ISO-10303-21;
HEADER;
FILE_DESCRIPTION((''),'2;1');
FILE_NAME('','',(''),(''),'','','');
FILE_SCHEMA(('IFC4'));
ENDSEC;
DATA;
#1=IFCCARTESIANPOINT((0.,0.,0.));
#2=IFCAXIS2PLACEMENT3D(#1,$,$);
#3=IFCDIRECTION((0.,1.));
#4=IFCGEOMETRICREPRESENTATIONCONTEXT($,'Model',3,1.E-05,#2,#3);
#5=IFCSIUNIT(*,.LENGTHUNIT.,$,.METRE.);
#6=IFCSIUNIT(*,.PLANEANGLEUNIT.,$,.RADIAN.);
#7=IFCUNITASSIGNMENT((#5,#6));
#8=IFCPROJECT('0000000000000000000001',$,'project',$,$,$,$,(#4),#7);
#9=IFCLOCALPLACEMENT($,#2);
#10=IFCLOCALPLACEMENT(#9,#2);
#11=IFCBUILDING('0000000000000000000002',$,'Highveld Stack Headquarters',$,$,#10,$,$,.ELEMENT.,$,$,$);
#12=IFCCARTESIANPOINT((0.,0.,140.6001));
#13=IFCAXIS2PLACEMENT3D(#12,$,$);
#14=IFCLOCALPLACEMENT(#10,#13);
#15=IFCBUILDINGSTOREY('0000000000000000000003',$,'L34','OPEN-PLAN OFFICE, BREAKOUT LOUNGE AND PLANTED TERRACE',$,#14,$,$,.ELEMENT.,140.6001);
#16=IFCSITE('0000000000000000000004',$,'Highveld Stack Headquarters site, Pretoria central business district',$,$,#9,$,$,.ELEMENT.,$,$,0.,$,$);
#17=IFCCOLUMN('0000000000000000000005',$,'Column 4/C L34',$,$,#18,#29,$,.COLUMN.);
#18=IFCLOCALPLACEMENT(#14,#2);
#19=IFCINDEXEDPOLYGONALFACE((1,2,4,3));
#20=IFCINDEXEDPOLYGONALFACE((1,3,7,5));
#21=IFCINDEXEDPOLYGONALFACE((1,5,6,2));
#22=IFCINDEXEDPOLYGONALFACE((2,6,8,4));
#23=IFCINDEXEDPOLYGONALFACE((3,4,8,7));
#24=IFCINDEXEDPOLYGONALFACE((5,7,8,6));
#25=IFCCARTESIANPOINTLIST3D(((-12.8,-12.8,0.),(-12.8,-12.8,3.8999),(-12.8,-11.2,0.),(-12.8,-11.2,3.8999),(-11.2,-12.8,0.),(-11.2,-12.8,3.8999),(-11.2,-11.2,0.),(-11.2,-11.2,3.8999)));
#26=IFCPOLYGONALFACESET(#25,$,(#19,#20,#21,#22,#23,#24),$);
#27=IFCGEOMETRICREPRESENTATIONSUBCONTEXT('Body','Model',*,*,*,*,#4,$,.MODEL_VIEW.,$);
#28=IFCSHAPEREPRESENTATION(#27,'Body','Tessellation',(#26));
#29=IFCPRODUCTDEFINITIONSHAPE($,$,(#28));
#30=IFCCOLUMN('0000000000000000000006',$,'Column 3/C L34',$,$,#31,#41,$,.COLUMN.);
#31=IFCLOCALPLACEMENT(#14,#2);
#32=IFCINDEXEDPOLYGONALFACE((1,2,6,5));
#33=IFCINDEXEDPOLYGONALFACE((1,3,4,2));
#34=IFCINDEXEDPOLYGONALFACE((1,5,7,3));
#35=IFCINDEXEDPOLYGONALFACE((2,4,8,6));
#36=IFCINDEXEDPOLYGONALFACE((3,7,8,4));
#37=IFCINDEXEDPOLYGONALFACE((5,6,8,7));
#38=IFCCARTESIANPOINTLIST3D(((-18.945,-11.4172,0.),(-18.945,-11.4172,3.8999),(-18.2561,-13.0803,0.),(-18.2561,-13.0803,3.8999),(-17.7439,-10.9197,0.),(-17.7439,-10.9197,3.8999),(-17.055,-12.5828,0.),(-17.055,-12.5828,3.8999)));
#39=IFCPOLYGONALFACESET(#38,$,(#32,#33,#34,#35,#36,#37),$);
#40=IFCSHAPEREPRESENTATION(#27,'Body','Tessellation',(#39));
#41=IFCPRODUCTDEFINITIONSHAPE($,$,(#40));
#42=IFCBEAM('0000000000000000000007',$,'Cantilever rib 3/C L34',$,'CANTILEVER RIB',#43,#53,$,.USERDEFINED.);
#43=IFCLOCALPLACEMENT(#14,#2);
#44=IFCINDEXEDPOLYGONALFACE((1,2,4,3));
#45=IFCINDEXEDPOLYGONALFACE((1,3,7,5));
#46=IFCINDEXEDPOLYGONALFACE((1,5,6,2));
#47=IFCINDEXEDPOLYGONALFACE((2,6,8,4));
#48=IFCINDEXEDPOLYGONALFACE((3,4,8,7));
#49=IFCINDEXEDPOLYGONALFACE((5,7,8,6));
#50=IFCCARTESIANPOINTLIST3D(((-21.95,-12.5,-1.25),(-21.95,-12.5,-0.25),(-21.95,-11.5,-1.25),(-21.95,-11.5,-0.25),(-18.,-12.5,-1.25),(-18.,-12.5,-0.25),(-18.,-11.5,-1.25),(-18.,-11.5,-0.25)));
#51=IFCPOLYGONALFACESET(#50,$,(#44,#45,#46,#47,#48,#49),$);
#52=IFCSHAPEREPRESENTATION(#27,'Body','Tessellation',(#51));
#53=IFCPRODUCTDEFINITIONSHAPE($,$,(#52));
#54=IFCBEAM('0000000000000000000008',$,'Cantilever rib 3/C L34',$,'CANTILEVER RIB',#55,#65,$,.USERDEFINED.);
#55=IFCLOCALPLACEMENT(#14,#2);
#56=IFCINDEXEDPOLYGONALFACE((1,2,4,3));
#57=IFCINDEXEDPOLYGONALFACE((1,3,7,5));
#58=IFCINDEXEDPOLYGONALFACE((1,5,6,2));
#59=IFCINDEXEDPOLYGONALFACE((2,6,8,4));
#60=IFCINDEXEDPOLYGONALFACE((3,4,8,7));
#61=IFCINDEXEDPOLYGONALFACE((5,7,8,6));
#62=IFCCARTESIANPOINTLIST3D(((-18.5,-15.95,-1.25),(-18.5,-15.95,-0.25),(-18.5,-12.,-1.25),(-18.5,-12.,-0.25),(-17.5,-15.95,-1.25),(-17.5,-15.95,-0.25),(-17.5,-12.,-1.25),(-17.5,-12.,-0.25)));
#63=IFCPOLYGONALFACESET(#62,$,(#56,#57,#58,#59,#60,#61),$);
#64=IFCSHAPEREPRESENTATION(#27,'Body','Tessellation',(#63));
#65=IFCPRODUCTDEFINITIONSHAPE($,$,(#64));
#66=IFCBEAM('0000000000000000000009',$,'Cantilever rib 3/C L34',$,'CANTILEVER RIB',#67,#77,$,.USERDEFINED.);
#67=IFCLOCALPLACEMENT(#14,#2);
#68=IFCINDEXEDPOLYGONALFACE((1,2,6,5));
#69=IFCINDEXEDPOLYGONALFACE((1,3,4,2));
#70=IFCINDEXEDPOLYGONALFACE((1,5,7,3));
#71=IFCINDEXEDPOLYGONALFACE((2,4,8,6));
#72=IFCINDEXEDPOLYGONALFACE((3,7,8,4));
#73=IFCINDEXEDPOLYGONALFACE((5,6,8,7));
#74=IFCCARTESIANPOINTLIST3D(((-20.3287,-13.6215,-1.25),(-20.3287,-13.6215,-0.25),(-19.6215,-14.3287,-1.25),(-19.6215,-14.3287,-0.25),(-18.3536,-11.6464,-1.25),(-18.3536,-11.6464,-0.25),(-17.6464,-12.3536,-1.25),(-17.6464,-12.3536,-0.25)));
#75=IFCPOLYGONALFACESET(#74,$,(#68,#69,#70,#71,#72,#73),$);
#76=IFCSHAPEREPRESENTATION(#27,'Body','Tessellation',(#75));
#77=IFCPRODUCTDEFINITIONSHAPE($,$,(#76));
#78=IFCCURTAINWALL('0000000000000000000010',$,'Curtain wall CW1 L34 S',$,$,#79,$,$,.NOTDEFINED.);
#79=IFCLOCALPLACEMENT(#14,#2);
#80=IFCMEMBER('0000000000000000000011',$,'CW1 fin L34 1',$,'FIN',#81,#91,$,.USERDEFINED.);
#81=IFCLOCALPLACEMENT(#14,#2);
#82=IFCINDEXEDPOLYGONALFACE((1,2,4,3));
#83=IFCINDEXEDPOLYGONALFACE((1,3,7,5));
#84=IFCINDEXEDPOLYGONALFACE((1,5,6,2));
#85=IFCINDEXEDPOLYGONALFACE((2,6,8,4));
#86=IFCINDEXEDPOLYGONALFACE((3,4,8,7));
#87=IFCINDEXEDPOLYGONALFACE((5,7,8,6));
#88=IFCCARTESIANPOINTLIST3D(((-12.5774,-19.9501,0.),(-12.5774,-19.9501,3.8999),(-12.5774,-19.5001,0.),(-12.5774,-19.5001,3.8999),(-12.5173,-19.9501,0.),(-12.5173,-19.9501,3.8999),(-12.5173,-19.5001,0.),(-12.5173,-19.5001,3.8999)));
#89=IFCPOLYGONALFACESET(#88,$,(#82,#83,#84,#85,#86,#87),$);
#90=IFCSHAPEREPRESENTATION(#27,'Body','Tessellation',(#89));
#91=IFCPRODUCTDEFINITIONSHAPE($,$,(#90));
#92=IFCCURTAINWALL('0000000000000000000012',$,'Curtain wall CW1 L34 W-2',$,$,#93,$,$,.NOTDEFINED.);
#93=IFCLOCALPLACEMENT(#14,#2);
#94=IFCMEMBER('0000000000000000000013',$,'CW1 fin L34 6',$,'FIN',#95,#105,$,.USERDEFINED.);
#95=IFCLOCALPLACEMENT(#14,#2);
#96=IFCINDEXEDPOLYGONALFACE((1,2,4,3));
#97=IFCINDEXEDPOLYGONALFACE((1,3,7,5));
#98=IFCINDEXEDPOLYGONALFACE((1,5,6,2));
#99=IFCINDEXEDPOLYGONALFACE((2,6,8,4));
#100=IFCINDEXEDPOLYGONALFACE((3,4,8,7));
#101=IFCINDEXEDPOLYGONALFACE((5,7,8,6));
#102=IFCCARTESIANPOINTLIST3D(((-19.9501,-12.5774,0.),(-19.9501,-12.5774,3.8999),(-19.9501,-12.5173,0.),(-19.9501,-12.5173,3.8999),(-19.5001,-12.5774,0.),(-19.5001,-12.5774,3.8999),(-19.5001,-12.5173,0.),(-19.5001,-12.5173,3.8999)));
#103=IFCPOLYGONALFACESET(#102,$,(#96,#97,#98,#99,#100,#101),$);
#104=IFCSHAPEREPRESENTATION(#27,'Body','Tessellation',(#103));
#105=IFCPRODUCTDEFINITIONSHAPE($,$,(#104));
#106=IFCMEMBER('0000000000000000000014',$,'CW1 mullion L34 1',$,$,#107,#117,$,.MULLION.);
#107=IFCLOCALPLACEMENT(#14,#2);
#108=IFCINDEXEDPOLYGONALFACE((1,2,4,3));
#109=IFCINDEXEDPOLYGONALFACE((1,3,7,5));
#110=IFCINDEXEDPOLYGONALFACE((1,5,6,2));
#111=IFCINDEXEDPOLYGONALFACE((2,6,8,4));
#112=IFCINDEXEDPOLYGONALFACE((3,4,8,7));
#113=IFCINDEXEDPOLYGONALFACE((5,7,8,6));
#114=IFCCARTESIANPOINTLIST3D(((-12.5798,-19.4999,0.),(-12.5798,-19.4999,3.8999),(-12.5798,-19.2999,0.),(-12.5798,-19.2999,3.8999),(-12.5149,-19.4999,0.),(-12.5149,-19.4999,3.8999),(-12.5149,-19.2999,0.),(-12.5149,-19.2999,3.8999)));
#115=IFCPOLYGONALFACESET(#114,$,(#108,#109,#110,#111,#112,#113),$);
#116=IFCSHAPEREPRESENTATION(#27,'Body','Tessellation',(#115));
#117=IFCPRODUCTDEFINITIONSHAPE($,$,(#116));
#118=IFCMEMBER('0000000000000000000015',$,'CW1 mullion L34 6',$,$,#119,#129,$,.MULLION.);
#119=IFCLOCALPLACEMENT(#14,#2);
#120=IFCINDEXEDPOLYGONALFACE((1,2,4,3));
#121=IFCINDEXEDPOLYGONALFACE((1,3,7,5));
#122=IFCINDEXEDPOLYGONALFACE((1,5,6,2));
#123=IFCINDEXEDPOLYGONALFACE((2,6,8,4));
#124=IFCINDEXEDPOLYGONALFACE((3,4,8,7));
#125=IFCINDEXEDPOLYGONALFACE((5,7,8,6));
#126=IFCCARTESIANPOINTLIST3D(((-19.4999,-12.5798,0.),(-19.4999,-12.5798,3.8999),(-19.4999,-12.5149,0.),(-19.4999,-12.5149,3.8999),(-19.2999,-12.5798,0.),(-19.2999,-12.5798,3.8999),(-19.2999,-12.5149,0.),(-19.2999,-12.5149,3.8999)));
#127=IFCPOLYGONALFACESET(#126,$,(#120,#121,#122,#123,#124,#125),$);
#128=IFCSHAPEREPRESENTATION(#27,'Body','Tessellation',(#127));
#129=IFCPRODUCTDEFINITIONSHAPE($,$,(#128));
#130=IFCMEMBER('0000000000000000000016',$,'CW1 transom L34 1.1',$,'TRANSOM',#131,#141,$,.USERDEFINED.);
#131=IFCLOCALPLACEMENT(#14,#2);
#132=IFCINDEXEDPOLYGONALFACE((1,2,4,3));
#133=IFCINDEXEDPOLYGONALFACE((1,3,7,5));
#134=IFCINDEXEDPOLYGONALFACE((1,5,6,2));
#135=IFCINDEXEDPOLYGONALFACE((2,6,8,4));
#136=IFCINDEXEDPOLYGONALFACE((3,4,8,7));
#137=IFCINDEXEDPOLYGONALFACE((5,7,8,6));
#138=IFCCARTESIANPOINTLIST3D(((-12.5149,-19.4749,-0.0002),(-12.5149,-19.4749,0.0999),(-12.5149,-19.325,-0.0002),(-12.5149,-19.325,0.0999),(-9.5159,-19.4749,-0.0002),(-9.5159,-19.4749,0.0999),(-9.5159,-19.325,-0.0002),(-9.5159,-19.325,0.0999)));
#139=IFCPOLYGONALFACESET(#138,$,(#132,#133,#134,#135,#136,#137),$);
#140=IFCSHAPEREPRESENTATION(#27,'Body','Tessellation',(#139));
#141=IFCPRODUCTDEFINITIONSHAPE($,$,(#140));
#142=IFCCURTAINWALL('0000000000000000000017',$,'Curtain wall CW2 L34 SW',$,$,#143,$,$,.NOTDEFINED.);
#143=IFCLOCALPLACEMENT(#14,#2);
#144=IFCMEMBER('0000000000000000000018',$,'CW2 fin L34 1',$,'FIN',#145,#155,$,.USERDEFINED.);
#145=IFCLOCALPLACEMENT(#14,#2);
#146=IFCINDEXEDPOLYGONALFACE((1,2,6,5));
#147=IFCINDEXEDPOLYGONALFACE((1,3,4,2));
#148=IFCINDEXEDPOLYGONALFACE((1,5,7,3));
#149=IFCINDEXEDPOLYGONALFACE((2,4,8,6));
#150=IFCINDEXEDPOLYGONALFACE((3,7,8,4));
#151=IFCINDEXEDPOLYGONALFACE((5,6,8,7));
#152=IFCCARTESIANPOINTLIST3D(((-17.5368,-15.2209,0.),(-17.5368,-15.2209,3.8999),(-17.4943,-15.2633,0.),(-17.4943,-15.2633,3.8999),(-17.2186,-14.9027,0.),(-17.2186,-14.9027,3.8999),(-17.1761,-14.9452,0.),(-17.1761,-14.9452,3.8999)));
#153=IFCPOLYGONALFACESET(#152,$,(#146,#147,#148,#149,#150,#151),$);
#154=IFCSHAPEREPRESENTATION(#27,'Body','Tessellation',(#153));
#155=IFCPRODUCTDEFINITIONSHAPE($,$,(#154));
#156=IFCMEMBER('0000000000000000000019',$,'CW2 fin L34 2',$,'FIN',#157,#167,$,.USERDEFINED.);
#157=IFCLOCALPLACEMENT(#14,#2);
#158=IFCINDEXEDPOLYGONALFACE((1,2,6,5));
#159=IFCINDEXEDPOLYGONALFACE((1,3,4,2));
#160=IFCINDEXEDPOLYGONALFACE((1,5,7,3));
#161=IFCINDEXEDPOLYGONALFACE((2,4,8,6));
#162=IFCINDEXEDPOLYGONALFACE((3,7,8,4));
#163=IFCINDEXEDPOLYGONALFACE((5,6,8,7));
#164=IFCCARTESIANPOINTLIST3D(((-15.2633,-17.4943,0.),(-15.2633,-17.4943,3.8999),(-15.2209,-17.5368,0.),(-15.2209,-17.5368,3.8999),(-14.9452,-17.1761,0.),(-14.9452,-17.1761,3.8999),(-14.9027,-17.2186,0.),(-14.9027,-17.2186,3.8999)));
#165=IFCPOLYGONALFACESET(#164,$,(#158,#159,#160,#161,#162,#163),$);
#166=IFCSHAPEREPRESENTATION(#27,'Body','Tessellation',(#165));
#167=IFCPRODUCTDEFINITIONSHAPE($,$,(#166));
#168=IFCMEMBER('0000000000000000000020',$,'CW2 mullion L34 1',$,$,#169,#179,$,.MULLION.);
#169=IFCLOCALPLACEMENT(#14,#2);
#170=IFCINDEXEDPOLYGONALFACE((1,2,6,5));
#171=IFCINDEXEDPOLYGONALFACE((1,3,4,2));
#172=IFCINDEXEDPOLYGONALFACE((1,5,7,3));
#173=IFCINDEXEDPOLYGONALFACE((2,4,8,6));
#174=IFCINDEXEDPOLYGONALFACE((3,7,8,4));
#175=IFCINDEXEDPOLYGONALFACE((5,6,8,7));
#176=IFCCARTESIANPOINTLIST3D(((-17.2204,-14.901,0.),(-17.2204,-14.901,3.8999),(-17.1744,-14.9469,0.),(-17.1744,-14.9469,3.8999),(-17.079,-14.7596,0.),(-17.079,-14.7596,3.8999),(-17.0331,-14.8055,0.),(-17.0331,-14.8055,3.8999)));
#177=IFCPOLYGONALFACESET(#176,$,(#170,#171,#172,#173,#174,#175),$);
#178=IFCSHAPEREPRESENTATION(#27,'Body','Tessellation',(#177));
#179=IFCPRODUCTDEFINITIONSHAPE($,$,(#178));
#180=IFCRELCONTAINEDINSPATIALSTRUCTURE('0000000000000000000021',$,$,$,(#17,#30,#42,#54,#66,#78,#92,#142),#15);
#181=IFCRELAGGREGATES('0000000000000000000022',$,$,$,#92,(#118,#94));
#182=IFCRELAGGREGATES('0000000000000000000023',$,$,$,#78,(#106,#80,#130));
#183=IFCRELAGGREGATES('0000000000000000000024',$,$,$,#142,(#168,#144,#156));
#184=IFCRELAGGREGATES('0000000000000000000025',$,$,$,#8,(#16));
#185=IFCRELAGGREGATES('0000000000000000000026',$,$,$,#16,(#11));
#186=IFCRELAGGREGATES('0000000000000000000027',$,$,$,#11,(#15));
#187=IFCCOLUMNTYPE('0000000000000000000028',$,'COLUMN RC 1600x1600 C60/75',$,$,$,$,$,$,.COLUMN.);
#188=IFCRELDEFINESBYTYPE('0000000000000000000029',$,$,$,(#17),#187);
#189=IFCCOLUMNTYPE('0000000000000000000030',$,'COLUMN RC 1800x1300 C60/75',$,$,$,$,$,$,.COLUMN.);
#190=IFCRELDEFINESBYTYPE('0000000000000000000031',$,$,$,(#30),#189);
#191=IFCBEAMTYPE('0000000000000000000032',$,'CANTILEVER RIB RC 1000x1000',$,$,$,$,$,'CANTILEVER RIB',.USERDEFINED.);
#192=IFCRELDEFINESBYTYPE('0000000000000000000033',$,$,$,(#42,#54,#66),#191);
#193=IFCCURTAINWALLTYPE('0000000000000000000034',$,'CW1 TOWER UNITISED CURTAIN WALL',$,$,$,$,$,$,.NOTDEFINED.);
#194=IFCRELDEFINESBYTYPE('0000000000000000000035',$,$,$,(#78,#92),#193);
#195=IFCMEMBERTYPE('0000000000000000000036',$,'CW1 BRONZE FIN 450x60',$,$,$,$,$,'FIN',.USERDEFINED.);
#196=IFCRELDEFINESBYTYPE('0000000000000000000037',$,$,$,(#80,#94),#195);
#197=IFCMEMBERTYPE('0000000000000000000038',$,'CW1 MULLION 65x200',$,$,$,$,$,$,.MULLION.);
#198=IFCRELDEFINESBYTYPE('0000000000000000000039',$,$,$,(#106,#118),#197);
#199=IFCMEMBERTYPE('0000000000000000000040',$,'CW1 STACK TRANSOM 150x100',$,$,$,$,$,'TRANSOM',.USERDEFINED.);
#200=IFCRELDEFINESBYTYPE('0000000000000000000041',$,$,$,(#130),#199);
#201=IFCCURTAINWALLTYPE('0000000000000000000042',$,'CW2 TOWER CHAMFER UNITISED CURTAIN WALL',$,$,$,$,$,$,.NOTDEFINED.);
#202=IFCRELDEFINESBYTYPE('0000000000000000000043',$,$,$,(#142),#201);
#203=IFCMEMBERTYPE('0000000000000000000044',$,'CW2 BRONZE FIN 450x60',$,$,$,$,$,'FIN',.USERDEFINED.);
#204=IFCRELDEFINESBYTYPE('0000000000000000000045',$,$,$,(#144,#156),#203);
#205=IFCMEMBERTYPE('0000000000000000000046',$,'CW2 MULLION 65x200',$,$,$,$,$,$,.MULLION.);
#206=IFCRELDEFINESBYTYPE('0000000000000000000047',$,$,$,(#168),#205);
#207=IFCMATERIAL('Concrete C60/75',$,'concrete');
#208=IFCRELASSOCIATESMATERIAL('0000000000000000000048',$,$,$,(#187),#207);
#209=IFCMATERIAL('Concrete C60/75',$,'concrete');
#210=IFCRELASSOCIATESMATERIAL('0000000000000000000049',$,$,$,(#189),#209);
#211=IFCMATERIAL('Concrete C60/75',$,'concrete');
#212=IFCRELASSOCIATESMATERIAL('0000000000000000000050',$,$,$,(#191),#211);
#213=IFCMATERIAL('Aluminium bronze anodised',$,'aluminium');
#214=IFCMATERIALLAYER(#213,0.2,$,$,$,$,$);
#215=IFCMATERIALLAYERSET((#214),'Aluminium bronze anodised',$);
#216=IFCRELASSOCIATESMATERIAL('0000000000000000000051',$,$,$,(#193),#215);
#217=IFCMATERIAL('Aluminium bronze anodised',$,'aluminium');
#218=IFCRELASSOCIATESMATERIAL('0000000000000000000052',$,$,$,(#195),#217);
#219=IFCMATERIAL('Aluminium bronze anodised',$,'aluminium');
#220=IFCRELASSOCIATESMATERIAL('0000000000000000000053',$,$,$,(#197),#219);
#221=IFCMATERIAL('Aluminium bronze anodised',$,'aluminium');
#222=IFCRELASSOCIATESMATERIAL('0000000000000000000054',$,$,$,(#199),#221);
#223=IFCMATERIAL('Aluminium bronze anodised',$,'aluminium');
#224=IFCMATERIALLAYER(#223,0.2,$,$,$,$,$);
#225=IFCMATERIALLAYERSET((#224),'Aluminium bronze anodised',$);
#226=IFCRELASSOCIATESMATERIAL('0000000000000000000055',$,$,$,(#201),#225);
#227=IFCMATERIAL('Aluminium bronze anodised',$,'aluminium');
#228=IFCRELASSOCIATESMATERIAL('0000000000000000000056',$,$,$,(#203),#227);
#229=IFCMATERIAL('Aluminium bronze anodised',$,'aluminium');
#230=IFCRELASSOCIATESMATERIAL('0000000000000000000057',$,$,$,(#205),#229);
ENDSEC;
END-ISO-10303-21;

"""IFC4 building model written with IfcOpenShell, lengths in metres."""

from ifc_helpers import new_model, si_unit, direction, frame, origin, origin_2d, place, context, subcontext, project, spatial, rectangle, extrude, material, layer, layer_set, material_profile, profile_set, type_object, element, aggregate, save


model = new_model("IFC4")

# Units and contexts
model_context = context("Model", 3, precision=1e-05, world=origin(), true_north=direction((0.0, 1.0)))
body_context = subcontext(model_context, "Body", "Model", "MODEL_VIEW")
ifc_project = project(units=[si_unit("LENGTHUNIT", "METRE"), si_unit("PLANEANGLEUNIT", "RADIAN")], contexts=[model_context])

# Site, building, storey
site_placement = place(None, origin())
site = spatial("IfcSite", under=ifc_project, at=site_placement, Name="Highveld Stack Headquarters site, Pretoria central business district", CompositionType="ELEMENT", RefElevation=0.0)
building_placement = place(site_placement, origin())
building = spatial("IfcBuilding", under=site, at=building_placement, Name="Highveld Stack Headquarters", CompositionType="ELEMENT")
storey_placement = place(building_placement, frame((0.0, 0.0, 140.6001)))
storey = spatial("IfcBuildingStorey", under=building, at=storey_placement, Name="L34", Description="OPEN-PLAN OFFICE, BREAKOUT LOUNGE AND PLANTED TERRACE", CompositionType="ELEMENT", Elevation=140.6001)

# Columns
ifc_material_1 = material(Name="Concrete C60/75", Category="concrete")
ifc_material_profile_1 = material_profile(ifc_material_1, rectangle(XDim=1.6001, YDim=1.6001, at=origin_2d()), Name="RC 1600x1600")
ifc_profile_set_1 = profile_set([ifc_material_profile_1], Name="Concrete C60/75")
column_type_1 = type_object("IfcColumnType", Name="COLUMN RC 1600x1600 C60/75", PredefinedType="COLUMN", material=ifc_profile_set_1)
column_1_placement = place(storey_placement, frame((-12.0, -12.0, 0.0), z_axis=(0.0, 0.0, 1.0), x_axis=(1.0, 0.0, 0.0)))
element("IfcColumn", 1, at=column_1_placement, inside=storey, type_object=column_type_1, Name="Column 4/C L34", PredefinedType="COLUMN", context=body_context, shape_type="SweptSolid", body=[
    extrude(rectangle(XDim=1.6001, YDim=1.6001, at=origin_2d()), origin(), (0.0, 0.0, 1.0), 3.8999),
])
ifc_material_2 = material(Name="Concrete C60/75", Category="concrete")
ifc_material_profile_2 = material_profile(ifc_material_2, rectangle(XDim=1.8, YDim=1.3, at=origin_2d()), Name="RC 1800x1300")
ifc_profile_set_2 = profile_set([ifc_material_profile_2], Name="Concrete C60/75")
column_type_2 = type_object("IfcColumnType", Name="COLUMN RC 1800x1300 C60/75", PredefinedType="COLUMN", material=ifc_profile_set_2)
column_2_placement = place(storey_placement, frame((-18.0, -12.0, 0.0), z_axis=(0.0, 0.0, 1.0), x_axis=(-0.382683, 0.92388, 0.0)))
element("IfcColumn", 2, at=column_2_placement, inside=storey, type_object=column_type_2, Name="Column 3/C L34", PredefinedType="COLUMN", context=body_context, shape_type="SweptSolid", body=[
    extrude(rectangle(XDim=1.8, YDim=1.3, at=origin_2d()), origin(), (0.0, 0.0, 1.0), 3.8999),
])

# Beams
ifc_material_3 = material(Name="Concrete C60/75", Category="concrete")
ifc_material_profile_3 = material_profile(ifc_material_3, rectangle(XDim=1.0, YDim=1.0, at=origin_2d()), Name="RC 1000x1000")
ifc_profile_set_3 = profile_set([ifc_material_profile_3], Name="Concrete C60/75")
beam_type_1 = type_object("IfcBeamType", Name="CANTILEVER RIB RC 1000x1000", ElementType="CANTILEVER RIB", PredefinedType="USERDEFINED", material=ifc_profile_set_3)
for number, where, z_axis, x_axis, name in (
    (3, (-18.0, -12.0, -0.75), (-1.0, 0.0, 0.0), (0.0, -1.0, 0.0), "Cantilever rib 3/C L34"),
    (4, (-18.0, -12.0, -0.75), (0.0, -1.0, 0.0), (1.0, 0.0, 0.0), "Cantilever rib 3/C L34"),
):
    element("IfcBeam", number, at=place(storey_placement, frame(where, z_axis=z_axis, x_axis=x_axis)), inside=storey, type_object=beam_type_1, Name=name, ObjectType="CANTILEVER RIB", PredefinedType="USERDEFINED", context=body_context, shape_type="SweptSolid", body=[
        extrude(rectangle(XDim=1.0, YDim=1.0, at=origin_2d()), origin(), (0.0, 0.0, 1.0), 3.95),
    ])
beam_1_placement = place(storey_placement, frame((-18.0, -12.0, -0.75), z_axis=(-0.707107, -0.707107, 0.0), x_axis=(0.707107, -0.707107, 0.0)))
element("IfcBeam", 5, at=beam_1_placement, inside=storey, type_object=beam_type_1, Name="Cantilever rib 3/C L34", ObjectType="CANTILEVER RIB", PredefinedType="USERDEFINED", context=body_context, shape_type="SweptSolid", body=[
    extrude(rectangle(XDim=1.0, YDim=1.0, at=origin_2d()), origin(), (0.0, 0.0, 1.0), 2.7932),
])

# Curtain walls, members
ifc_material_4 = material(Name="Aluminium bronze anodised", Category="aluminium")
ifc_layer_1 = layer(ifc_material_4, 0.2)
ifc_layer_set_1 = layer_set([ifc_layer_1], Name="Aluminium bronze anodised")
curtain_wall_type_1 = type_object("IfcCurtainWallType", Name="CW1 TOWER UNITISED CURTAIN WALL", PredefinedType="NOTDEFINED", material=ifc_layer_set_1)
curtain_wall_1_placement = place(storey_placement, origin())
curtain_wall_1 = element("IfcCurtainWall", 6, at=curtain_wall_1_placement, inside=storey, type_object=curtain_wall_type_1, Name="Curtain wall CW1 L34 S", PredefinedType="NOTDEFINED")
ifc_material_5 = material(Name="Aluminium bronze anodised", Category="aluminium")
ifc_material_profile_4 = material_profile(ifc_material_5, rectangle(XDim=0.45, YDim=0.0601, at=origin_2d()), Name="FIN 450x60")
ifc_profile_set_4 = profile_set([ifc_material_profile_4], Name="Aluminium bronze anodised")
member_type_1 = type_object("IfcMemberType", Name="CW1 BRONZE FIN 450x60", ElementType="FIN", PredefinedType="USERDEFINED", material=ifc_profile_set_4)
member_1_placement = place(storey_placement, frame((-12.5474, -19.7251, 0.0), z_axis=(0.0, 0.0, 1.0), x_axis=(0.0, 1.0, 0.0)))
member_1 = element("IfcMember", 7, at=member_1_placement, type_object=member_type_1, Name="CW1 fin L34 1", ObjectType="FIN", PredefinedType="USERDEFINED", context=body_context, shape_type="SweptSolid", body=[
    extrude(rectangle(XDim=0.45, YDim=0.0601, at=origin_2d()), origin(), (0.0, 0.0, 1.0), 3.8999),
])
curtain_wall_2_placement = place(storey_placement, origin())
curtain_wall_2 = element("IfcCurtainWall", 8, at=curtain_wall_2_placement, inside=storey, type_object=curtain_wall_type_1, Name="Curtain wall CW1 L34 W-2", PredefinedType="NOTDEFINED")
member_2_placement = place(storey_placement, frame((-19.7251, -12.5474, 0.0), z_axis=(0.0, 0.0, 1.0), x_axis=(1.0, 0.0, 0.0)))
member_2 = element("IfcMember", 9, at=member_2_placement, type_object=member_type_1, Name="CW1 fin L34 6", ObjectType="FIN", PredefinedType="USERDEFINED", context=body_context, shape_type="SweptSolid", body=[
    extrude(rectangle(XDim=0.45, YDim=0.0601, at=origin_2d()), origin(), (0.0, 0.0, 1.0), 3.8999),
])

# Members
ifc_material_6 = material(Name="Aluminium bronze anodised", Category="aluminium")
ifc_material_profile_5 = material_profile(ifc_material_6, rectangle(XDim=0.2, YDim=0.0649, at=origin_2d()), Name="CW1 MULLION 65x200")
ifc_profile_set_5 = profile_set([ifc_material_profile_5], Name="Aluminium bronze anodised")
member_type_2 = type_object("IfcMemberType", Name="CW1 MULLION 65x200", PredefinedType="MULLION", material=ifc_profile_set_5)
member_3_placement = place(storey_placement, frame((-12.5474, -19.3999, 0.0), z_axis=(0.0, 0.0, 1.0), x_axis=(0.0, 1.0, 0.0)))
member_3 = element("IfcMember", 10, at=member_3_placement, type_object=member_type_2, Name="CW1 mullion L34 1", PredefinedType="MULLION", context=body_context, shape_type="SweptSolid", body=[
    extrude(rectangle(XDim=0.2, YDim=0.0649, at=origin_2d()), origin(), (0.0, 0.0, 1.0), 3.8999),
])
member_4_placement = place(storey_placement, frame((-19.3999, -12.5474, 0.0), z_axis=(0.0, 0.0, 1.0), x_axis=(1.0, 0.0, 0.0)))
member_4 = element("IfcMember", 11, at=member_4_placement, type_object=member_type_2, Name="CW1 mullion L34 6", PredefinedType="MULLION", context=body_context, shape_type="SweptSolid", body=[
    extrude(rectangle(XDim=0.2, YDim=0.0649, at=origin_2d()), origin(), (0.0, 0.0, 1.0), 3.8999),
])
aggregate(curtain_wall_2, [member_4, member_2])
ifc_material_7 = material(Name="Aluminium bronze anodised", Category="aluminium")
ifc_material_profile_6 = material_profile(ifc_material_7, rectangle(XDim=0.1499, YDim=0.1001, at=origin_2d()), Name="CW1 TRANSOM 150x100")
ifc_profile_set_6 = profile_set([ifc_material_profile_6], Name="Aluminium bronze anodised")
member_type_3 = type_object("IfcMemberType", Name="CW1 STACK TRANSOM 150x100", ElementType="TRANSOM", PredefinedType="USERDEFINED", material=ifc_profile_set_6)
member_5_placement = place(storey_placement, frame((-12.5149, -19.3999, 0.0498), z_axis=(1.0, 0.0, 0.0), x_axis=(0.0, 1.0, 0.0)))
member_5 = element("IfcMember", 12, at=member_5_placement, type_object=member_type_3, Name="CW1 transom L34 1.1", ObjectType="TRANSOM", PredefinedType="USERDEFINED", context=body_context, shape_type="SweptSolid", body=[
    extrude(rectangle(XDim=0.1499, YDim=0.1001, at=origin_2d()), origin(), (0.0, 0.0, 1.0), 2.999),
])
aggregate(curtain_wall_1, [member_3, member_1, member_5])

# Curtain wall, members
ifc_material_8 = material(Name="Aluminium bronze anodised", Category="aluminium")
ifc_layer_2 = layer(ifc_material_8, 0.2)
ifc_layer_set_2 = layer_set([ifc_layer_2], Name="Aluminium bronze anodised")
curtain_wall_type_2 = type_object("IfcCurtainWallType", Name="CW2 TOWER CHAMFER UNITISED CURTAIN WALL", PredefinedType="NOTDEFINED", material=ifc_layer_set_2)
curtain_wall_3_placement = place(storey_placement, origin())
curtain_wall_3 = element("IfcCurtainWall", 13, at=curtain_wall_3_placement, inside=storey, type_object=curtain_wall_type_2, Name="Curtain wall CW2 L34 SW", PredefinedType="NOTDEFINED")
ifc_material_9 = material(Name="Aluminium bronze anodised", Category="aluminium")
ifc_material_profile_7 = material_profile(ifc_material_9, rectangle(XDim=0.45, YDim=0.0601, at=origin_2d()), Name="FIN 450x60")
ifc_profile_set_7 = profile_set([ifc_material_profile_7], Name="Aluminium bronze anodised")
member_type_4 = type_object("IfcMemberType", Name="CW2 BRONZE FIN 450x60", ElementType="FIN", PredefinedType="USERDEFINED", material=ifc_profile_set_7)
member_6_placement = place(storey_placement, frame((-17.3564, -15.083, 0.0), z_axis=(0.0, 0.0, 1.0), x_axis=(0.707107, 0.707107, 0.0)))
member_6 = element("IfcMember", 14, at=member_6_placement, type_object=member_type_4, Name="CW2 fin L34 1", ObjectType="FIN", PredefinedType="USERDEFINED", context=body_context, shape_type="SweptSolid", body=[
    extrude(rectangle(XDim=0.45, YDim=0.0601, at=origin_2d()), origin(), (0.0, 0.0, 1.0), 3.8999),
])
member_7_placement = place(storey_placement, frame((-15.083, -17.3564, 0.0), z_axis=(0.0, 0.0, 1.0), x_axis=(0.707107, 0.707107, 0.0)))
member_7 = element("IfcMember", 15, at=member_7_placement, type_object=member_type_4, Name="CW2 fin L34 2", ObjectType="FIN", PredefinedType="USERDEFINED", context=body_context, shape_type="SweptSolid", body=[
    extrude(rectangle(XDim=0.45, YDim=0.0601, at=origin_2d()), origin(), (0.0, 0.0, 1.0), 3.8999),
])
ifc_material_10 = material(Name="Aluminium bronze anodised", Category="aluminium")
ifc_material_profile_8 = material_profile(ifc_material_10, rectangle(XDim=0.2, YDim=0.0649, at=origin_2d()), Name="CW2 MULLION 65x200")
ifc_profile_set_8 = profile_set([ifc_material_profile_8], Name="Aluminium bronze anodised")
member_type_5 = type_object("IfcMemberType", Name="CW2 MULLION 65x200", PredefinedType="MULLION", material=ifc_profile_set_8)
member_8_placement = place(storey_placement, frame((-17.1267, -14.8533, 0.0), z_axis=(0.0, 0.0, 1.0), x_axis=(0.707107, 0.707107, 0.0)))
member_8 = element("IfcMember", 16, at=member_8_placement, type_object=member_type_5, Name="CW2 mullion L34 1", PredefinedType="MULLION", context=body_context, shape_type="SweptSolid", body=[
    extrude(rectangle(XDim=0.2, YDim=0.0649, at=origin_2d()), origin(), (0.0, 0.0, 1.0), 3.8999),
])

aggregate(curtain_wall_3, [member_8, member_6, member_7])

save(model, "model.ifc")
